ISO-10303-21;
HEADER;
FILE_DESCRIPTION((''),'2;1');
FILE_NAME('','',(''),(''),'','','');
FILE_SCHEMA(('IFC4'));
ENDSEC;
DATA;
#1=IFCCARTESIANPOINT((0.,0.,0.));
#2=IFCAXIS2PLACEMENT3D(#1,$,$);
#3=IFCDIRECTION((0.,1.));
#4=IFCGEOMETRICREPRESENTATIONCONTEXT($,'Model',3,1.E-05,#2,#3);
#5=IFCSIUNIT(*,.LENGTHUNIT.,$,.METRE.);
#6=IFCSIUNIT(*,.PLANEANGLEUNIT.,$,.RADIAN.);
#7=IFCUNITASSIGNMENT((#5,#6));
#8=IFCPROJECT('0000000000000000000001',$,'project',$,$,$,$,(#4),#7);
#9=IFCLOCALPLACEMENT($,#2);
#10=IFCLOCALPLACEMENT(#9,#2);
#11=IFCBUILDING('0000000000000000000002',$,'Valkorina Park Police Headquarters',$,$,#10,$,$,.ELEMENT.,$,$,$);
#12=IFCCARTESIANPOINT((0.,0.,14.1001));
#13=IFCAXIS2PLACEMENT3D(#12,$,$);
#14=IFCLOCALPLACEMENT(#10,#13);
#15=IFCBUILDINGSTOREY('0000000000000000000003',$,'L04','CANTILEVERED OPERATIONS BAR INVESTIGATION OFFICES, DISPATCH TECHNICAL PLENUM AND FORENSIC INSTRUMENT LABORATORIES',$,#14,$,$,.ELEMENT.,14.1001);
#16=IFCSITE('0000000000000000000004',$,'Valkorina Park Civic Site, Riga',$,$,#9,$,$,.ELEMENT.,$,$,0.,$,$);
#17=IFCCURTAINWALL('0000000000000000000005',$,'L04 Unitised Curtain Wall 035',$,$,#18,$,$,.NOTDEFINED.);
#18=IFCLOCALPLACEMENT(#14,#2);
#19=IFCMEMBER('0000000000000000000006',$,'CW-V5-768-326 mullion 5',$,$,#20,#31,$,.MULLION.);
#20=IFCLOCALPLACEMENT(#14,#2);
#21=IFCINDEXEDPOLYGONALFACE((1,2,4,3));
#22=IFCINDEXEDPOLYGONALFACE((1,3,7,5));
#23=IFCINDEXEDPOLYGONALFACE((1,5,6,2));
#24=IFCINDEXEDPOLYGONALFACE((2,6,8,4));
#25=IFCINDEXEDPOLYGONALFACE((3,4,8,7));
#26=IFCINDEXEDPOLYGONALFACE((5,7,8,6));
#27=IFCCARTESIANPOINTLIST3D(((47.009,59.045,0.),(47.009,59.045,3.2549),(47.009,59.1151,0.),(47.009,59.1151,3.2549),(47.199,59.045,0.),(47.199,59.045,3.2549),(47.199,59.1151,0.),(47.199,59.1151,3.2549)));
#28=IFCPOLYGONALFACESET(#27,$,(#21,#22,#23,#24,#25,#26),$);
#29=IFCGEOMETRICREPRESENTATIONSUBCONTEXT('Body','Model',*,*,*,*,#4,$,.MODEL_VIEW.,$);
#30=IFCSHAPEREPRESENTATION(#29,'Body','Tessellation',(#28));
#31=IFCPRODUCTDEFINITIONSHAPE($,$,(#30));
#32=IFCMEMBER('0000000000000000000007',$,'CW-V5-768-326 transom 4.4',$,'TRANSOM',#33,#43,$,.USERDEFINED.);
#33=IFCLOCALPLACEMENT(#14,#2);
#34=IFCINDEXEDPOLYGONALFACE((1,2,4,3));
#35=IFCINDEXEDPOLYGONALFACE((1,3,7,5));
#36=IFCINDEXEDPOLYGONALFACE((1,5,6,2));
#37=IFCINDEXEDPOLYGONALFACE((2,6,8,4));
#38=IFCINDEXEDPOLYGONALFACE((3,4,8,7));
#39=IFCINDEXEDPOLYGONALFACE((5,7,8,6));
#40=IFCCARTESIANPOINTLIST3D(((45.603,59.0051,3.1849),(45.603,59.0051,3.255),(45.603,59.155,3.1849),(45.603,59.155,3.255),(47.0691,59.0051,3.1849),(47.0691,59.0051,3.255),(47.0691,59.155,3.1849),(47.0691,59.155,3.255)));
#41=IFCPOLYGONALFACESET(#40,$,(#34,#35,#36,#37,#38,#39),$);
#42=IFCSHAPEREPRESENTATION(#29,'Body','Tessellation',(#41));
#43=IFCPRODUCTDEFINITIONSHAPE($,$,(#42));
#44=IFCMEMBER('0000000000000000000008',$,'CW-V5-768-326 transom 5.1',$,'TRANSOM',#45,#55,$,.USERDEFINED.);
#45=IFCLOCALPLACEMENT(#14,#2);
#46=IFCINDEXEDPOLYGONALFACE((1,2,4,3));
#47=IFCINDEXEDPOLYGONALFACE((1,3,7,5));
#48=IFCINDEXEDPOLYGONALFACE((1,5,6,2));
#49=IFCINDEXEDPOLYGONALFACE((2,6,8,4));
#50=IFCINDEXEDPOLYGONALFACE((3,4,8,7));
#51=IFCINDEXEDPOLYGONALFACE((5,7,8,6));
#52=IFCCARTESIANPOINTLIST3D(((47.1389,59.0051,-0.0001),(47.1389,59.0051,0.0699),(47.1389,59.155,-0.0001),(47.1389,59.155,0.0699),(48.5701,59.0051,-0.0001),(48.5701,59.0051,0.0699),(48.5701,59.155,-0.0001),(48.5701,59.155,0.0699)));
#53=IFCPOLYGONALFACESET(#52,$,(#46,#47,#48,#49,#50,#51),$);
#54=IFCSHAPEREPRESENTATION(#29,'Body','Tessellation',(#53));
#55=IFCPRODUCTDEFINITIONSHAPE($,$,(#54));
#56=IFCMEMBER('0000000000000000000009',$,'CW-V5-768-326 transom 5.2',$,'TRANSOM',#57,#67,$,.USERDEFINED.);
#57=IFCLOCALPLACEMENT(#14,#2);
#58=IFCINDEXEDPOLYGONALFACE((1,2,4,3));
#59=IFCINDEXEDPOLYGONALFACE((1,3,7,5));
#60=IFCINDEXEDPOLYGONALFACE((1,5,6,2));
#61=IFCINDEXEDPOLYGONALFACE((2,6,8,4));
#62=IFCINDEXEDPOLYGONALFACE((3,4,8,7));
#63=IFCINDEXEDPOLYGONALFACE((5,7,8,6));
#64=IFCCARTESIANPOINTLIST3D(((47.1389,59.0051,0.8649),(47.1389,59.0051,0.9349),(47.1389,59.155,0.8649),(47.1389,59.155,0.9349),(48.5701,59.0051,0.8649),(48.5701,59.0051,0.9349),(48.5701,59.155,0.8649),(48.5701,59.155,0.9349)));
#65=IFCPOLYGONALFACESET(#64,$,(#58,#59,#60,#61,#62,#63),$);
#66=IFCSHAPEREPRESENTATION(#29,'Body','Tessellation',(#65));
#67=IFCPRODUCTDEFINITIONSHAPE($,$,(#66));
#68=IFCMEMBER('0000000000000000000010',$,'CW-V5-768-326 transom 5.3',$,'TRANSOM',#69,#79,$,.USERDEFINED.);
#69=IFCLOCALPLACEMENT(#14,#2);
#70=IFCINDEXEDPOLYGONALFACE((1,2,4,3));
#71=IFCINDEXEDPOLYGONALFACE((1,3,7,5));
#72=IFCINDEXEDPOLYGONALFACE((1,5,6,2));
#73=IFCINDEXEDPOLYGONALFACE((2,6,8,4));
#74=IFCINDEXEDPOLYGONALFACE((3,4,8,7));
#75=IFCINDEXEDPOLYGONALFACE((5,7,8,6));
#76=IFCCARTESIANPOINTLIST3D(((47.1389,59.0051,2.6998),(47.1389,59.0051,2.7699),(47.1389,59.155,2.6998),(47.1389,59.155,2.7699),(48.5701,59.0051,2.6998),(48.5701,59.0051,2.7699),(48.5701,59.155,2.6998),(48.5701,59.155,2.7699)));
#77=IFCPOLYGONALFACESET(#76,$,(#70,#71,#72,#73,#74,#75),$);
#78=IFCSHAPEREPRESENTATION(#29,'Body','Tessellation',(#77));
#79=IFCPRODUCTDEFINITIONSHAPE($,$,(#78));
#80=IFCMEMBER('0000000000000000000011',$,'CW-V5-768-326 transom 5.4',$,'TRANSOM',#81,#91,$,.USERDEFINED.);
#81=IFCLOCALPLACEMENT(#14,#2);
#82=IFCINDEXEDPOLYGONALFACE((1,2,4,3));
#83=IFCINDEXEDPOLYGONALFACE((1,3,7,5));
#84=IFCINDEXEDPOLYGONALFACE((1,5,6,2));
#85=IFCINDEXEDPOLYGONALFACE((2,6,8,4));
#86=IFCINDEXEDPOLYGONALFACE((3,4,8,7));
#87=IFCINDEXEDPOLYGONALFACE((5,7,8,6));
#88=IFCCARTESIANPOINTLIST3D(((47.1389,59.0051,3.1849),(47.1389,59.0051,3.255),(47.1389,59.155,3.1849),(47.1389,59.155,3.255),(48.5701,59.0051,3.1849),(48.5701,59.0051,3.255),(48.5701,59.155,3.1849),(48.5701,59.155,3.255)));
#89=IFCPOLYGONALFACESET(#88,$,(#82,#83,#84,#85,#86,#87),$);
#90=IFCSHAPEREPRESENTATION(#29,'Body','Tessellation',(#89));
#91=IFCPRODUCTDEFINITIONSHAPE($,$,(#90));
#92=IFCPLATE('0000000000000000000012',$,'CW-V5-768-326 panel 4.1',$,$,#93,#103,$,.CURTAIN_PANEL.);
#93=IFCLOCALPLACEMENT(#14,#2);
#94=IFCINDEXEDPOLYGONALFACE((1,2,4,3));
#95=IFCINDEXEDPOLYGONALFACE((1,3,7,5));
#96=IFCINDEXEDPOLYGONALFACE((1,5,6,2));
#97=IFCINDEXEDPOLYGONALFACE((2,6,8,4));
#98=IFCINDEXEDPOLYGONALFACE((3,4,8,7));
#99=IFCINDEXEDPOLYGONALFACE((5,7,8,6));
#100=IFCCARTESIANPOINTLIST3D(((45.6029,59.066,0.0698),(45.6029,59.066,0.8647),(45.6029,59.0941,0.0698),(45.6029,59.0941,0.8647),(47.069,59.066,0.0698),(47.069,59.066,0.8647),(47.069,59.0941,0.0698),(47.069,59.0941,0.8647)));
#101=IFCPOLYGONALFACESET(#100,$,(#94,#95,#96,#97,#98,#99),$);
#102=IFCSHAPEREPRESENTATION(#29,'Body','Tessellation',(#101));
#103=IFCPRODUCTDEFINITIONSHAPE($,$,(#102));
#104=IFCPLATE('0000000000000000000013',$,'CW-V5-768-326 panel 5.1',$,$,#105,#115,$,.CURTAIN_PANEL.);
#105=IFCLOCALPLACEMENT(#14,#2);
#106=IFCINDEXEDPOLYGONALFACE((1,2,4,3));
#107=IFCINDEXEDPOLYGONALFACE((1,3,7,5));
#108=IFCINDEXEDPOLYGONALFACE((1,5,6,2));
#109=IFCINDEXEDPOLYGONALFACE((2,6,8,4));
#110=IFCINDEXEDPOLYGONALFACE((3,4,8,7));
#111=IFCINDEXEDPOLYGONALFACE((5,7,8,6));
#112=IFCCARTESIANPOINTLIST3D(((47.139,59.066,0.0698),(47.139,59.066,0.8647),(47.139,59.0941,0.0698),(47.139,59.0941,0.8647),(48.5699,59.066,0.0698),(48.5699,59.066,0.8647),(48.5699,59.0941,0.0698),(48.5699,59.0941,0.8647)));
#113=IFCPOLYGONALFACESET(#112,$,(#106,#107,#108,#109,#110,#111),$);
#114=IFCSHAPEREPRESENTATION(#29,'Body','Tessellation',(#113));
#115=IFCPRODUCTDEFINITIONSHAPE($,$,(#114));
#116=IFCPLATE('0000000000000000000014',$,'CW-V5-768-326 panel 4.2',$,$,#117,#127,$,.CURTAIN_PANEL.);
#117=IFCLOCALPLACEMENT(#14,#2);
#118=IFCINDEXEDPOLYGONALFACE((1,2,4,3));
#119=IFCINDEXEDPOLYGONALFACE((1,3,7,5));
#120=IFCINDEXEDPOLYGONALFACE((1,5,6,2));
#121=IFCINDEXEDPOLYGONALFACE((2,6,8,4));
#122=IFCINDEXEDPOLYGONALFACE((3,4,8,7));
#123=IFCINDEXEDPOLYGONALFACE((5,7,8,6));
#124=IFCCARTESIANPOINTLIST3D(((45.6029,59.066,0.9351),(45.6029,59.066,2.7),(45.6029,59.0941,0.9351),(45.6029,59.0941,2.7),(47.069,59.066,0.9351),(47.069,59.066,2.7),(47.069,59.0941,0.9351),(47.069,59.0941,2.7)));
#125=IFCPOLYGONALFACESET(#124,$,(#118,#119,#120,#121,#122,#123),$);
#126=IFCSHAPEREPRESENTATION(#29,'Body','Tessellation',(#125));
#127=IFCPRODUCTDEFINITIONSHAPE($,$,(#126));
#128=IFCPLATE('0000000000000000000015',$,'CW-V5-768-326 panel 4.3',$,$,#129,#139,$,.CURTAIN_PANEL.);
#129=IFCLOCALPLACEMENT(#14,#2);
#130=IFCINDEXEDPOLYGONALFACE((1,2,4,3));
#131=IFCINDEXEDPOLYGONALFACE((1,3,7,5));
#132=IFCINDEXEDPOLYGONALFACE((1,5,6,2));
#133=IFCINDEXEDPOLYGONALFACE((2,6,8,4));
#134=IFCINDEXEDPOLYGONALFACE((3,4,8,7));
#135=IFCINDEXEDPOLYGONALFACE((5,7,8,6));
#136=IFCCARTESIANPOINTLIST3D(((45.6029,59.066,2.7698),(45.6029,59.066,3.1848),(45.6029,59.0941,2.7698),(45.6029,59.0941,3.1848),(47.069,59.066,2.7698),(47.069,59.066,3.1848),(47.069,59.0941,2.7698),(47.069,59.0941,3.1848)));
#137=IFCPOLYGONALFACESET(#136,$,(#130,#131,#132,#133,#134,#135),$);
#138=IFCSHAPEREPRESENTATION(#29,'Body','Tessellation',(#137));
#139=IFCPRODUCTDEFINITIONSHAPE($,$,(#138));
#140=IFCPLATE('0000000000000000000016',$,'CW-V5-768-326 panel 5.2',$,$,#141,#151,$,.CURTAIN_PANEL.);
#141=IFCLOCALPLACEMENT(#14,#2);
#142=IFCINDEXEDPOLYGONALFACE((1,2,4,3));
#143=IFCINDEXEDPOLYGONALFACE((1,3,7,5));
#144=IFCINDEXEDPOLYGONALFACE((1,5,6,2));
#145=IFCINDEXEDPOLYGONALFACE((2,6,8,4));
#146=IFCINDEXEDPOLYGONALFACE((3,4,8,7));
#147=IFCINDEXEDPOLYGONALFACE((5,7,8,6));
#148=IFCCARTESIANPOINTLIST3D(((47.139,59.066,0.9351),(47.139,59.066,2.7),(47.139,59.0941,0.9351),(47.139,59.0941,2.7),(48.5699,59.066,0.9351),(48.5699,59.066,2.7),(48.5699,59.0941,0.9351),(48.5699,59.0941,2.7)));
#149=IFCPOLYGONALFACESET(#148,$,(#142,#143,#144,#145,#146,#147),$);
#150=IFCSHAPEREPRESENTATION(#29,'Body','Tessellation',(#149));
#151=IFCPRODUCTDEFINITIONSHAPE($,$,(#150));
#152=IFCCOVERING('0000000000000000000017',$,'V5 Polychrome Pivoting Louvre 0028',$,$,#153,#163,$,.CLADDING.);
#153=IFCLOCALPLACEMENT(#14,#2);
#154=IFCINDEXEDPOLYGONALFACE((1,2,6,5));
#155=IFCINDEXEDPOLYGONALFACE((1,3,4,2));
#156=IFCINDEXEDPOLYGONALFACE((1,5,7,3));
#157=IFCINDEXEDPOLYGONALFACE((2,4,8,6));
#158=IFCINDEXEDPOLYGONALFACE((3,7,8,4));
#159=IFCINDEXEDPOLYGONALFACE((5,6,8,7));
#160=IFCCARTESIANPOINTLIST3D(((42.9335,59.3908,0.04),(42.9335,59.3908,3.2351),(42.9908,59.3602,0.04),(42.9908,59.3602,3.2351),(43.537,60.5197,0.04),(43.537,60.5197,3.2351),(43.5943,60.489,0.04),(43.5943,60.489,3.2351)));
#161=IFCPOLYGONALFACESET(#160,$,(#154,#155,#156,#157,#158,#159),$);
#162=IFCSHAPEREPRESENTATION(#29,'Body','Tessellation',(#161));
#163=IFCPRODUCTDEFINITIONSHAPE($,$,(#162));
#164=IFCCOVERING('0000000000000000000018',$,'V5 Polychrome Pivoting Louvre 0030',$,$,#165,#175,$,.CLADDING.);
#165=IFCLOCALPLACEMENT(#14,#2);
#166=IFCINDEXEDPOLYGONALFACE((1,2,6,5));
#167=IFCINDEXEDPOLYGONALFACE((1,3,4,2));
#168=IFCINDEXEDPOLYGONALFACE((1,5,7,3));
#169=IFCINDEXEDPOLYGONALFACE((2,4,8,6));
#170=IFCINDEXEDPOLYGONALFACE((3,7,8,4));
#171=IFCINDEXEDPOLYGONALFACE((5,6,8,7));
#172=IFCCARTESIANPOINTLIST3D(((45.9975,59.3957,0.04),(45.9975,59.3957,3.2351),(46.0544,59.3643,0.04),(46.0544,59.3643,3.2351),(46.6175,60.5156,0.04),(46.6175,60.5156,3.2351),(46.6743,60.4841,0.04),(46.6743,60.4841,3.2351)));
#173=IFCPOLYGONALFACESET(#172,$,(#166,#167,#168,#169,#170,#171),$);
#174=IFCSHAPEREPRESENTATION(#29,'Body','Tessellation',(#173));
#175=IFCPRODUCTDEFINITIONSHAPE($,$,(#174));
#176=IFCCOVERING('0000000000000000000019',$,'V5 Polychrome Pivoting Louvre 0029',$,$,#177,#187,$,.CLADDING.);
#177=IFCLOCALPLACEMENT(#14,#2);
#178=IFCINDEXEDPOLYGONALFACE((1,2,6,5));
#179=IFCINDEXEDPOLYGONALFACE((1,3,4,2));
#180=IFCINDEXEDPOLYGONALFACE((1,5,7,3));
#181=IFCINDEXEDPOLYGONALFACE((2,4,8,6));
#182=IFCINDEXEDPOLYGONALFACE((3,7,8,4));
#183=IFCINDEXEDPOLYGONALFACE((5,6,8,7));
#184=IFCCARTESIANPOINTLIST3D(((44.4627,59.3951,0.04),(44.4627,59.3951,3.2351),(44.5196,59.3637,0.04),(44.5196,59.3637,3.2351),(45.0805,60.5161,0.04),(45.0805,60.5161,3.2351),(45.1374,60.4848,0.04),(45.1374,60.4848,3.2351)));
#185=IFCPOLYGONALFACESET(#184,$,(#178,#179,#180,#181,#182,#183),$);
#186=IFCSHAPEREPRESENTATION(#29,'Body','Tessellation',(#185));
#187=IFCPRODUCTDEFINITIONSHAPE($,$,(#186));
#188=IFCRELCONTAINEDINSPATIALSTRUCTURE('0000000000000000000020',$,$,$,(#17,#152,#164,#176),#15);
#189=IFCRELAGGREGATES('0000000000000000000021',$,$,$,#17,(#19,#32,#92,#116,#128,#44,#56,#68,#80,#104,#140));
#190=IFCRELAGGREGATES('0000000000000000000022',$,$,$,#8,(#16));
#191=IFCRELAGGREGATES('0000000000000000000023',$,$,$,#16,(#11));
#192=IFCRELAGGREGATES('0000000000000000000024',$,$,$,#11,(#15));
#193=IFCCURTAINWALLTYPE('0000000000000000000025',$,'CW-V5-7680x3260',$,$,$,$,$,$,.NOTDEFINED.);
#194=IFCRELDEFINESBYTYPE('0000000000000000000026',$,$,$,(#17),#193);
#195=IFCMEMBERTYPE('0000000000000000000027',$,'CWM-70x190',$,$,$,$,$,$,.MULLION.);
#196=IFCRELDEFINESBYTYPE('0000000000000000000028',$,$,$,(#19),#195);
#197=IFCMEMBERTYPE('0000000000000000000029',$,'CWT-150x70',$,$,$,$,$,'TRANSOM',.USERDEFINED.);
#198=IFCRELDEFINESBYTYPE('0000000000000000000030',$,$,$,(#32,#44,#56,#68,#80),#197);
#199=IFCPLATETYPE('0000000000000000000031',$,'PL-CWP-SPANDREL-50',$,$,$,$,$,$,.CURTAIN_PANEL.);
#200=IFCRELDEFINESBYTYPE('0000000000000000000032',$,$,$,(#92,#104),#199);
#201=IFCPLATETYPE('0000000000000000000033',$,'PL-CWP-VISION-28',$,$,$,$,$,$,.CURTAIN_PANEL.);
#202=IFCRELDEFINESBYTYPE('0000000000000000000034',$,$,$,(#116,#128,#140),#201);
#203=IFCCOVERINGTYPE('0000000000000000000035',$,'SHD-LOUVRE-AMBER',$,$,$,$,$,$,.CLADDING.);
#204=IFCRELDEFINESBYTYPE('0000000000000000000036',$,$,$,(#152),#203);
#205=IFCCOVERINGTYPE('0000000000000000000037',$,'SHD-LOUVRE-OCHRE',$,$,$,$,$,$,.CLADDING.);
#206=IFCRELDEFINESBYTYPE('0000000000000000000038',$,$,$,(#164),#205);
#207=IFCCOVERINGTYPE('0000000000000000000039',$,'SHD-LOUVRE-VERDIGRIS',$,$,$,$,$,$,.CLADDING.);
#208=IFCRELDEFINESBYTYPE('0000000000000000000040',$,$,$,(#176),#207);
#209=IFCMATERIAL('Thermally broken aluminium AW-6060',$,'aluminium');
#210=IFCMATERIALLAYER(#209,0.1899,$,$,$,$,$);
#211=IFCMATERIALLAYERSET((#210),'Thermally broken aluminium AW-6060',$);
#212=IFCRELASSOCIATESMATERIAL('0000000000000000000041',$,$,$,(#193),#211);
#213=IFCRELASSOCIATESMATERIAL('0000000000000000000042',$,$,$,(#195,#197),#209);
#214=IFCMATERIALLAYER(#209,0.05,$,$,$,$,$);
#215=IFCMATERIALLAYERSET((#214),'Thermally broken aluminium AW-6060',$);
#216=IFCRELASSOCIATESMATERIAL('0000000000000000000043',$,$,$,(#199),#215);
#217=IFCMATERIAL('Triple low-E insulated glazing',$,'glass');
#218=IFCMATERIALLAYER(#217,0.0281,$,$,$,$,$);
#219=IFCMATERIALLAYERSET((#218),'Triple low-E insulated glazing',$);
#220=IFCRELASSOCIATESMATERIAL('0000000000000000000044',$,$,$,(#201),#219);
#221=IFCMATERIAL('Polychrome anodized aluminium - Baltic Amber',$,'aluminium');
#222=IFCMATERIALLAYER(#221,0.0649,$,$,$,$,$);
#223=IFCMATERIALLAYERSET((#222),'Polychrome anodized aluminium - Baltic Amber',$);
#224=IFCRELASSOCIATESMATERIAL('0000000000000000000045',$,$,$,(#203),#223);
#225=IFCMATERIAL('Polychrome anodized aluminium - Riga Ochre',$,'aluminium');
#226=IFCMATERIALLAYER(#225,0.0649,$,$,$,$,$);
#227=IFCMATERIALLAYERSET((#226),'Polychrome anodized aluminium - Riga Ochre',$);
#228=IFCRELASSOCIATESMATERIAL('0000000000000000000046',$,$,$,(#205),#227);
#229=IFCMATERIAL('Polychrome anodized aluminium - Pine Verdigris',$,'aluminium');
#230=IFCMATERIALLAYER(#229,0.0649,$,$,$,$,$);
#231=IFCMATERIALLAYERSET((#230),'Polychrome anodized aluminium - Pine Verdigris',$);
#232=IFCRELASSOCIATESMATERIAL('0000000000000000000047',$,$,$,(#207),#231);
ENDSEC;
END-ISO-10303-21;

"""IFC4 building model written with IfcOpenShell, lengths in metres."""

from ifc_helpers import new_model, si_unit, direction, frame, origin, origin_2d, place, context, subcontext, project, spatial, rectangle, extrude, material, layer, layer_set, material_profile, profile_set, type_object, element, aggregate, save


model = new_model("IFC4")

# Units and contexts
model_context = context("Model", 3, precision=1e-05, world=origin(), true_north=direction((0.0, 1.0)))
body_context = subcontext(model_context, "Body", "Model", "MODEL_VIEW")
ifc_project = project(units=[si_unit("LENGTHUNIT", "METRE"), si_unit("PLANEANGLEUNIT", "RADIAN")], contexts=[model_context])

# Site, building, storey
site_placement = place(None, origin())
site = spatial("IfcSite", under=ifc_project, at=site_placement, Name="Valkorina Park Civic Site, Riga", CompositionType="ELEMENT", RefElevation=0.0)
building_placement = place(site_placement, origin())
building = spatial("IfcBuilding", under=site, at=building_placement, Name="Valkorina Park Police Headquarters", CompositionType="ELEMENT")
storey_placement = place(building_placement, frame((0.0, 0.0, 14.1001)))
storey = spatial("IfcBuildingStorey", under=building, at=storey_placement, Name="L04", Description="CANTILEVERED OPERATIONS BAR INVESTIGATION OFFICES, DISPATCH TECHNICAL PLENUM AND FORENSIC INSTRUMENT LABORATORIES", CompositionType="ELEMENT", Elevation=14.1001)

# Curtain wall, members, plates
ifc_material_1 = material(Name="Thermally broken aluminium AW-6060", Category="aluminium")
ifc_layer_1 = layer(ifc_material_1, 0.1899)
ifc_layer_set_1 = layer_set([ifc_layer_1], Name="Thermally broken aluminium AW-6060")
curtain_wall_type = type_object("IfcCurtainWallType", Name="CW-V5-7680x3260", PredefinedType="NOTDEFINED", material=ifc_layer_set_1)
curtain_wall_placement = place(storey_placement, origin())
curtain_wall = element("IfcCurtainWall", 1, at=curtain_wall_placement, inside=storey, type_object=curtain_wall_type, Name="L04 Unitised Curtain Wall 035", PredefinedType="NOTDEFINED")
ifc_material_profile_1 = material_profile(ifc_material_1, rectangle(XDim=0.0701, YDim=0.1899, at=origin_2d()), Name="CWM-02 70x190")
ifc_profile_set_1 = profile_set([ifc_material_profile_1], Name="Thermally broken aluminium AW-6060")
member_type_1 = type_object("IfcMemberType", Name="CWM-70x190", PredefinedType="MULLION", material=ifc_profile_set_1)
member_1_placement = place(storey_placement, frame((47.104, 59.0801, 0.0), z_axis=(0.0, 0.0, 1.0), x_axis=(0.0, 1.0, 0.0)))
member_1 = element("IfcMember", 2, at=member_1_placement, type_object=member_type_1, Name="CW-V5-768-326 mullion 5", PredefinedType="MULLION", context=body_context, shape_type="SweptSolid", body=[
    extrude(rectangle(XDim=0.0701, YDim=0.1899, at=origin_2d()), origin(), (0.0, 0.0, 1.0), 3.2549),
])
ifc_material_profile_2 = material_profile(ifc_material_1, rectangle(XDim=0.1499, YDim=0.0701, at=origin_2d()), Name="CWT-02 150x70")
ifc_profile_set_2 = profile_set([ifc_material_profile_2], Name="Thermally broken aluminium AW-6060")
member_type_2 = type_object("IfcMemberType", Name="CWT-150x70", ElementType="TRANSOM", PredefinedType="USERDEFINED", material=ifc_profile_set_2)
member_2_placement = place(storey_placement, frame((45.603, 59.0801, 3.22), z_axis=(1.0, 0.0, 0.0), x_axis=(0.0, 1.0, 0.0)))
member_2 = element("IfcMember", 3, at=member_2_placement, type_object=member_type_2, Name="CW-V5-768-326 transom 4.4", ObjectType="TRANSOM", PredefinedType="USERDEFINED", context=body_context, shape_type="SweptSolid", body=[
    extrude(rectangle(XDim=0.1499, YDim=0.0701, at=origin_2d()), origin(), (0.0, 0.0, 1.0), 1.4661),
])
member_3_placement = place(storey_placement, frame((47.1389, 59.0801, 0.0349), z_axis=(1.0, 0.0, 0.0), x_axis=(0.0, 1.0, 0.0)))
member_3 = element("IfcMember", 4, at=member_3_placement, type_object=member_type_2, Name="CW-V5-768-326 transom 5.1", ObjectType="TRANSOM", PredefinedType="USERDEFINED", context=body_context, shape_type="SweptSolid", body=[
    extrude(rectangle(XDim=0.1499, YDim=0.0701, at=origin_2d()), origin(), (0.0, 0.0, 1.0), 1.4312),
])
member_4_placement = place(storey_placement, frame((47.1389, 59.0801, 0.8999), z_axis=(1.0, 0.0, 0.0), x_axis=(0.0, 1.0, 0.0)))
member_4 = element("IfcMember", 5, at=member_4_placement, type_object=member_type_2, Name="CW-V5-768-326 transom 5.2", ObjectType="TRANSOM", PredefinedType="USERDEFINED", context=body_context, shape_type="SweptSolid", body=[
    extrude(rectangle(XDim=0.1499, YDim=0.0701, at=origin_2d()), origin(), (0.0, 0.0, 1.0), 1.4312),
])
member_5_placement = place(storey_placement, frame((47.1389, 59.0801, 2.7349), z_axis=(1.0, 0.0, 0.0), x_axis=(0.0, 1.0, 0.0)))
member_5 = element("IfcMember", 6, at=member_5_placement, type_object=member_type_2, Name="CW-V5-768-326 transom 5.3", ObjectType="TRANSOM", PredefinedType="USERDEFINED", context=body_context, shape_type="SweptSolid", body=[
    extrude(rectangle(XDim=0.1499, YDim=0.0701, at=origin_2d()), origin(), (0.0, 0.0, 1.0), 1.4312),
])
member_6_placement = place(storey_placement, frame((47.1389, 59.0801, 3.22), z_axis=(1.0, 0.0, 0.0), x_axis=(0.0, 1.0, 0.0)))
member_6 = element("IfcMember", 7, at=member_6_placement, type_object=member_type_2, Name="CW-V5-768-326 transom 5.4", ObjectType="TRANSOM", PredefinedType="USERDEFINED", context=body_context, shape_type="SweptSolid", body=[
    extrude(rectangle(XDim=0.1499, YDim=0.0701, at=origin_2d()), origin(), (0.0, 0.0, 1.0), 1.4312),
])
ifc_layer_2 = layer(ifc_material_1, 0.05)
ifc_layer_set_2 = layer_set([ifc_layer_2], Name="Thermally broken aluminium AW-6060")
plate_type_1 = type_object("IfcPlateType", Name="PL-CWP-SPANDREL-50", PredefinedType="CURTAIN_PANEL", material=ifc_layer_set_2)
plate_1_placement = place(storey_placement, frame((46.3359, 59.0801, 0.0698), z_axis=(0.0, 0.0, 1.0), x_axis=(1.0, 0.0, 0.0)))
plate_1 = element("IfcPlate", 8, at=plate_1_placement, type_object=plate_type_1, Name="CW-V5-768-326 panel 4.1", PredefinedType="CURTAIN_PANEL", context=body_context, shape_type="SweptSolid", body=[
    extrude(rectangle(XDim=1.4661, YDim=0.0281, at=origin_2d()), origin(), (0.0, 0.0, 1.0), 0.7949),
])
plate_2_placement = place(storey_placement, frame((47.8545, 59.0801, 0.0698), z_axis=(0.0, 0.0, 1.0), x_axis=(1.0, 0.0, 0.0)))
plate_2 = element("IfcPlate", 9, at=plate_2_placement, type_object=plate_type_1, Name="CW-V5-768-326 panel 5.1", PredefinedType="CURTAIN_PANEL", context=body_context, shape_type="SweptSolid", body=[
    extrude(rectangle(XDim=1.4309, YDim=0.0281, at=origin_2d()), origin(), (0.0, 0.0, 1.0), 0.7949),
])
ifc_material_2 = material(Name="Triple low-E insulated glazing", Category="glass")
ifc_layer_3 = layer(ifc_material_2, 0.0281)
ifc_layer_set_3 = layer_set([ifc_layer_3], Name="Triple low-E insulated glazing")
plate_type_2 = type_object("IfcPlateType", Name="PL-CWP-VISION-28", PredefinedType="CURTAIN_PANEL", material=ifc_layer_set_3)
plate_3_placement = place(storey_placement, frame((46.3359, 59.0801, 0.9351), z_axis=(0.0, 0.0, 1.0), x_axis=(1.0, 0.0, 0.0)))
plate_3 = element("IfcPlate", 10, at=plate_3_placement, type_object=plate_type_2, Name="CW-V5-768-326 panel 4.2", PredefinedType="CURTAIN_PANEL", context=body_context, shape_type="SweptSolid", body=[
    extrude(rectangle(XDim=1.4661, YDim=0.0281, at=origin_2d()), origin(), (0.0, 0.0, 1.0), 1.7649),
])
plate_4_placement = place(storey_placement, frame((46.3359, 59.0801, 2.7698), z_axis=(0.0, 0.0, 1.0), x_axis=(1.0, 0.0, 0.0)))
plate_4 = element("IfcPlate", 11, at=plate_4_placement, type_object=plate_type_2, Name="CW-V5-768-326 panel 4.3", PredefinedType="CURTAIN_PANEL", context=body_context, shape_type="SweptSolid", body=[
    extrude(rectangle(XDim=1.4661, YDim=0.0281, at=origin_2d()), origin(), (0.0, 0.0, 1.0), 0.415),
])
plate_5_placement = place(storey_placement, frame((47.8545, 59.0801, 0.9351), z_axis=(0.0, 0.0, 1.0), x_axis=(1.0, 0.0, 0.0)))
plate_5 = element("IfcPlate", 12, at=plate_5_placement, type_object=plate_type_2, Name="CW-V5-768-326 panel 5.2", PredefinedType="CURTAIN_PANEL", context=body_context, shape_type="SweptSolid", body=[
    extrude(rectangle(XDim=1.4309, YDim=0.0281, at=origin_2d()), origin(), (0.0, 0.0, 1.0), 1.7649),
])
aggregate(curtain_wall, [member_1, member_2, plate_1, plate_3, plate_4, member_3, member_4, member_5, member_6, plate_2, plate_5])

# Coverings
ifc_material_3 = material(Name="Polychrome anodized aluminium - Baltic Amber", Category="aluminium")
ifc_layer_4 = layer(ifc_material_3, 0.0649)
ifc_layer_set_4 = layer_set([ifc_layer_4], Name="Polychrome anodized aluminium - Baltic Amber")
covering_type_1 = type_object("IfcCoveringType", Name="SHD-LOUVRE-AMBER", PredefinedType="CLADDING", material=ifc_layer_set_4)
covering_1_placement = place(storey_placement, frame((43.2639, 59.9399, 0.04), z_axis=(0.0, 0.0, 1.0), x_axis=(0.471474, 0.88188, 0.0)))
element("IfcCovering", 13, at=covering_1_placement, inside=storey, type_object=covering_type_1, Name="V5 Polychrome Pivoting Louvre 0028", PredefinedType="CLADDING", context=body_context, shape_type="SweptSolid", body=[
    extrude(rectangle(XDim=1.28, YDim=0.0649, at=origin_2d()), origin(), (0.0, 0.0, 1.0), 3.1951),
])
ifc_material_4 = material(Name="Polychrome anodized aluminium - Riga Ochre", Category="aluminium")
ifc_layer_5 = layer(ifc_material_4, 0.0649)
ifc_layer_set_5 = layer_set([ifc_layer_5], Name="Polychrome anodized aluminium - Riga Ochre")
covering_type_2 = type_object("IfcCoveringType", Name="SHD-LOUVRE-OCHRE", PredefinedType="CLADDING", material=ifc_layer_set_5)
covering_2_placement = place(storey_placement, frame((46.3359, 59.9399, 0.04), z_axis=(0.0, 0.0, 1.0), x_axis=(0.484352, 0.874873, 0.0)))
element("IfcCovering", 14, at=covering_2_placement, inside=storey, type_object=covering_type_2, Name="V5 Polychrome Pivoting Louvre 0030", PredefinedType="CLADDING", context=body_context, shape_type="SweptSolid", body=[
    extrude(rectangle(XDim=1.28, YDim=0.0649, at=origin_2d()), origin(), (0.0, 0.0, 1.0), 3.1951),
])
ifc_material_5 = material(Name="Polychrome anodized aluminium - Pine Verdigris", Category="aluminium")
ifc_layer_6 = layer(ifc_material_5, 0.0649)
ifc_layer_set_6 = layer_set([ifc_layer_6], Name="Polychrome anodized aluminium - Pine Verdigris")
covering_type_3 = type_object("IfcCoveringType", Name="SHD-LOUVRE-VERDIGRIS", PredefinedType="CLADDING", material=ifc_layer_set_6)
covering_3_placement = place(storey_placement, frame((44.8, 59.9399, 0.04), z_axis=(0.0, 0.0, 1.0), x_axis=(0.482671, 0.875802, 0.0)))
element("IfcCovering", 15, at=covering_3_placement, inside=storey, type_object=covering_type_3, Name="V5 Polychrome Pivoting Louvre 0029", PredefinedType="CLADDING", context=body_context, shape_type="SweptSolid", body=[
    extrude(rectangle(XDim=1.28, YDim=0.0649, at=origin_2d()), origin(), (0.0, 0.0, 1.0), 3.1951),
])

save(model, "model.ifc")
